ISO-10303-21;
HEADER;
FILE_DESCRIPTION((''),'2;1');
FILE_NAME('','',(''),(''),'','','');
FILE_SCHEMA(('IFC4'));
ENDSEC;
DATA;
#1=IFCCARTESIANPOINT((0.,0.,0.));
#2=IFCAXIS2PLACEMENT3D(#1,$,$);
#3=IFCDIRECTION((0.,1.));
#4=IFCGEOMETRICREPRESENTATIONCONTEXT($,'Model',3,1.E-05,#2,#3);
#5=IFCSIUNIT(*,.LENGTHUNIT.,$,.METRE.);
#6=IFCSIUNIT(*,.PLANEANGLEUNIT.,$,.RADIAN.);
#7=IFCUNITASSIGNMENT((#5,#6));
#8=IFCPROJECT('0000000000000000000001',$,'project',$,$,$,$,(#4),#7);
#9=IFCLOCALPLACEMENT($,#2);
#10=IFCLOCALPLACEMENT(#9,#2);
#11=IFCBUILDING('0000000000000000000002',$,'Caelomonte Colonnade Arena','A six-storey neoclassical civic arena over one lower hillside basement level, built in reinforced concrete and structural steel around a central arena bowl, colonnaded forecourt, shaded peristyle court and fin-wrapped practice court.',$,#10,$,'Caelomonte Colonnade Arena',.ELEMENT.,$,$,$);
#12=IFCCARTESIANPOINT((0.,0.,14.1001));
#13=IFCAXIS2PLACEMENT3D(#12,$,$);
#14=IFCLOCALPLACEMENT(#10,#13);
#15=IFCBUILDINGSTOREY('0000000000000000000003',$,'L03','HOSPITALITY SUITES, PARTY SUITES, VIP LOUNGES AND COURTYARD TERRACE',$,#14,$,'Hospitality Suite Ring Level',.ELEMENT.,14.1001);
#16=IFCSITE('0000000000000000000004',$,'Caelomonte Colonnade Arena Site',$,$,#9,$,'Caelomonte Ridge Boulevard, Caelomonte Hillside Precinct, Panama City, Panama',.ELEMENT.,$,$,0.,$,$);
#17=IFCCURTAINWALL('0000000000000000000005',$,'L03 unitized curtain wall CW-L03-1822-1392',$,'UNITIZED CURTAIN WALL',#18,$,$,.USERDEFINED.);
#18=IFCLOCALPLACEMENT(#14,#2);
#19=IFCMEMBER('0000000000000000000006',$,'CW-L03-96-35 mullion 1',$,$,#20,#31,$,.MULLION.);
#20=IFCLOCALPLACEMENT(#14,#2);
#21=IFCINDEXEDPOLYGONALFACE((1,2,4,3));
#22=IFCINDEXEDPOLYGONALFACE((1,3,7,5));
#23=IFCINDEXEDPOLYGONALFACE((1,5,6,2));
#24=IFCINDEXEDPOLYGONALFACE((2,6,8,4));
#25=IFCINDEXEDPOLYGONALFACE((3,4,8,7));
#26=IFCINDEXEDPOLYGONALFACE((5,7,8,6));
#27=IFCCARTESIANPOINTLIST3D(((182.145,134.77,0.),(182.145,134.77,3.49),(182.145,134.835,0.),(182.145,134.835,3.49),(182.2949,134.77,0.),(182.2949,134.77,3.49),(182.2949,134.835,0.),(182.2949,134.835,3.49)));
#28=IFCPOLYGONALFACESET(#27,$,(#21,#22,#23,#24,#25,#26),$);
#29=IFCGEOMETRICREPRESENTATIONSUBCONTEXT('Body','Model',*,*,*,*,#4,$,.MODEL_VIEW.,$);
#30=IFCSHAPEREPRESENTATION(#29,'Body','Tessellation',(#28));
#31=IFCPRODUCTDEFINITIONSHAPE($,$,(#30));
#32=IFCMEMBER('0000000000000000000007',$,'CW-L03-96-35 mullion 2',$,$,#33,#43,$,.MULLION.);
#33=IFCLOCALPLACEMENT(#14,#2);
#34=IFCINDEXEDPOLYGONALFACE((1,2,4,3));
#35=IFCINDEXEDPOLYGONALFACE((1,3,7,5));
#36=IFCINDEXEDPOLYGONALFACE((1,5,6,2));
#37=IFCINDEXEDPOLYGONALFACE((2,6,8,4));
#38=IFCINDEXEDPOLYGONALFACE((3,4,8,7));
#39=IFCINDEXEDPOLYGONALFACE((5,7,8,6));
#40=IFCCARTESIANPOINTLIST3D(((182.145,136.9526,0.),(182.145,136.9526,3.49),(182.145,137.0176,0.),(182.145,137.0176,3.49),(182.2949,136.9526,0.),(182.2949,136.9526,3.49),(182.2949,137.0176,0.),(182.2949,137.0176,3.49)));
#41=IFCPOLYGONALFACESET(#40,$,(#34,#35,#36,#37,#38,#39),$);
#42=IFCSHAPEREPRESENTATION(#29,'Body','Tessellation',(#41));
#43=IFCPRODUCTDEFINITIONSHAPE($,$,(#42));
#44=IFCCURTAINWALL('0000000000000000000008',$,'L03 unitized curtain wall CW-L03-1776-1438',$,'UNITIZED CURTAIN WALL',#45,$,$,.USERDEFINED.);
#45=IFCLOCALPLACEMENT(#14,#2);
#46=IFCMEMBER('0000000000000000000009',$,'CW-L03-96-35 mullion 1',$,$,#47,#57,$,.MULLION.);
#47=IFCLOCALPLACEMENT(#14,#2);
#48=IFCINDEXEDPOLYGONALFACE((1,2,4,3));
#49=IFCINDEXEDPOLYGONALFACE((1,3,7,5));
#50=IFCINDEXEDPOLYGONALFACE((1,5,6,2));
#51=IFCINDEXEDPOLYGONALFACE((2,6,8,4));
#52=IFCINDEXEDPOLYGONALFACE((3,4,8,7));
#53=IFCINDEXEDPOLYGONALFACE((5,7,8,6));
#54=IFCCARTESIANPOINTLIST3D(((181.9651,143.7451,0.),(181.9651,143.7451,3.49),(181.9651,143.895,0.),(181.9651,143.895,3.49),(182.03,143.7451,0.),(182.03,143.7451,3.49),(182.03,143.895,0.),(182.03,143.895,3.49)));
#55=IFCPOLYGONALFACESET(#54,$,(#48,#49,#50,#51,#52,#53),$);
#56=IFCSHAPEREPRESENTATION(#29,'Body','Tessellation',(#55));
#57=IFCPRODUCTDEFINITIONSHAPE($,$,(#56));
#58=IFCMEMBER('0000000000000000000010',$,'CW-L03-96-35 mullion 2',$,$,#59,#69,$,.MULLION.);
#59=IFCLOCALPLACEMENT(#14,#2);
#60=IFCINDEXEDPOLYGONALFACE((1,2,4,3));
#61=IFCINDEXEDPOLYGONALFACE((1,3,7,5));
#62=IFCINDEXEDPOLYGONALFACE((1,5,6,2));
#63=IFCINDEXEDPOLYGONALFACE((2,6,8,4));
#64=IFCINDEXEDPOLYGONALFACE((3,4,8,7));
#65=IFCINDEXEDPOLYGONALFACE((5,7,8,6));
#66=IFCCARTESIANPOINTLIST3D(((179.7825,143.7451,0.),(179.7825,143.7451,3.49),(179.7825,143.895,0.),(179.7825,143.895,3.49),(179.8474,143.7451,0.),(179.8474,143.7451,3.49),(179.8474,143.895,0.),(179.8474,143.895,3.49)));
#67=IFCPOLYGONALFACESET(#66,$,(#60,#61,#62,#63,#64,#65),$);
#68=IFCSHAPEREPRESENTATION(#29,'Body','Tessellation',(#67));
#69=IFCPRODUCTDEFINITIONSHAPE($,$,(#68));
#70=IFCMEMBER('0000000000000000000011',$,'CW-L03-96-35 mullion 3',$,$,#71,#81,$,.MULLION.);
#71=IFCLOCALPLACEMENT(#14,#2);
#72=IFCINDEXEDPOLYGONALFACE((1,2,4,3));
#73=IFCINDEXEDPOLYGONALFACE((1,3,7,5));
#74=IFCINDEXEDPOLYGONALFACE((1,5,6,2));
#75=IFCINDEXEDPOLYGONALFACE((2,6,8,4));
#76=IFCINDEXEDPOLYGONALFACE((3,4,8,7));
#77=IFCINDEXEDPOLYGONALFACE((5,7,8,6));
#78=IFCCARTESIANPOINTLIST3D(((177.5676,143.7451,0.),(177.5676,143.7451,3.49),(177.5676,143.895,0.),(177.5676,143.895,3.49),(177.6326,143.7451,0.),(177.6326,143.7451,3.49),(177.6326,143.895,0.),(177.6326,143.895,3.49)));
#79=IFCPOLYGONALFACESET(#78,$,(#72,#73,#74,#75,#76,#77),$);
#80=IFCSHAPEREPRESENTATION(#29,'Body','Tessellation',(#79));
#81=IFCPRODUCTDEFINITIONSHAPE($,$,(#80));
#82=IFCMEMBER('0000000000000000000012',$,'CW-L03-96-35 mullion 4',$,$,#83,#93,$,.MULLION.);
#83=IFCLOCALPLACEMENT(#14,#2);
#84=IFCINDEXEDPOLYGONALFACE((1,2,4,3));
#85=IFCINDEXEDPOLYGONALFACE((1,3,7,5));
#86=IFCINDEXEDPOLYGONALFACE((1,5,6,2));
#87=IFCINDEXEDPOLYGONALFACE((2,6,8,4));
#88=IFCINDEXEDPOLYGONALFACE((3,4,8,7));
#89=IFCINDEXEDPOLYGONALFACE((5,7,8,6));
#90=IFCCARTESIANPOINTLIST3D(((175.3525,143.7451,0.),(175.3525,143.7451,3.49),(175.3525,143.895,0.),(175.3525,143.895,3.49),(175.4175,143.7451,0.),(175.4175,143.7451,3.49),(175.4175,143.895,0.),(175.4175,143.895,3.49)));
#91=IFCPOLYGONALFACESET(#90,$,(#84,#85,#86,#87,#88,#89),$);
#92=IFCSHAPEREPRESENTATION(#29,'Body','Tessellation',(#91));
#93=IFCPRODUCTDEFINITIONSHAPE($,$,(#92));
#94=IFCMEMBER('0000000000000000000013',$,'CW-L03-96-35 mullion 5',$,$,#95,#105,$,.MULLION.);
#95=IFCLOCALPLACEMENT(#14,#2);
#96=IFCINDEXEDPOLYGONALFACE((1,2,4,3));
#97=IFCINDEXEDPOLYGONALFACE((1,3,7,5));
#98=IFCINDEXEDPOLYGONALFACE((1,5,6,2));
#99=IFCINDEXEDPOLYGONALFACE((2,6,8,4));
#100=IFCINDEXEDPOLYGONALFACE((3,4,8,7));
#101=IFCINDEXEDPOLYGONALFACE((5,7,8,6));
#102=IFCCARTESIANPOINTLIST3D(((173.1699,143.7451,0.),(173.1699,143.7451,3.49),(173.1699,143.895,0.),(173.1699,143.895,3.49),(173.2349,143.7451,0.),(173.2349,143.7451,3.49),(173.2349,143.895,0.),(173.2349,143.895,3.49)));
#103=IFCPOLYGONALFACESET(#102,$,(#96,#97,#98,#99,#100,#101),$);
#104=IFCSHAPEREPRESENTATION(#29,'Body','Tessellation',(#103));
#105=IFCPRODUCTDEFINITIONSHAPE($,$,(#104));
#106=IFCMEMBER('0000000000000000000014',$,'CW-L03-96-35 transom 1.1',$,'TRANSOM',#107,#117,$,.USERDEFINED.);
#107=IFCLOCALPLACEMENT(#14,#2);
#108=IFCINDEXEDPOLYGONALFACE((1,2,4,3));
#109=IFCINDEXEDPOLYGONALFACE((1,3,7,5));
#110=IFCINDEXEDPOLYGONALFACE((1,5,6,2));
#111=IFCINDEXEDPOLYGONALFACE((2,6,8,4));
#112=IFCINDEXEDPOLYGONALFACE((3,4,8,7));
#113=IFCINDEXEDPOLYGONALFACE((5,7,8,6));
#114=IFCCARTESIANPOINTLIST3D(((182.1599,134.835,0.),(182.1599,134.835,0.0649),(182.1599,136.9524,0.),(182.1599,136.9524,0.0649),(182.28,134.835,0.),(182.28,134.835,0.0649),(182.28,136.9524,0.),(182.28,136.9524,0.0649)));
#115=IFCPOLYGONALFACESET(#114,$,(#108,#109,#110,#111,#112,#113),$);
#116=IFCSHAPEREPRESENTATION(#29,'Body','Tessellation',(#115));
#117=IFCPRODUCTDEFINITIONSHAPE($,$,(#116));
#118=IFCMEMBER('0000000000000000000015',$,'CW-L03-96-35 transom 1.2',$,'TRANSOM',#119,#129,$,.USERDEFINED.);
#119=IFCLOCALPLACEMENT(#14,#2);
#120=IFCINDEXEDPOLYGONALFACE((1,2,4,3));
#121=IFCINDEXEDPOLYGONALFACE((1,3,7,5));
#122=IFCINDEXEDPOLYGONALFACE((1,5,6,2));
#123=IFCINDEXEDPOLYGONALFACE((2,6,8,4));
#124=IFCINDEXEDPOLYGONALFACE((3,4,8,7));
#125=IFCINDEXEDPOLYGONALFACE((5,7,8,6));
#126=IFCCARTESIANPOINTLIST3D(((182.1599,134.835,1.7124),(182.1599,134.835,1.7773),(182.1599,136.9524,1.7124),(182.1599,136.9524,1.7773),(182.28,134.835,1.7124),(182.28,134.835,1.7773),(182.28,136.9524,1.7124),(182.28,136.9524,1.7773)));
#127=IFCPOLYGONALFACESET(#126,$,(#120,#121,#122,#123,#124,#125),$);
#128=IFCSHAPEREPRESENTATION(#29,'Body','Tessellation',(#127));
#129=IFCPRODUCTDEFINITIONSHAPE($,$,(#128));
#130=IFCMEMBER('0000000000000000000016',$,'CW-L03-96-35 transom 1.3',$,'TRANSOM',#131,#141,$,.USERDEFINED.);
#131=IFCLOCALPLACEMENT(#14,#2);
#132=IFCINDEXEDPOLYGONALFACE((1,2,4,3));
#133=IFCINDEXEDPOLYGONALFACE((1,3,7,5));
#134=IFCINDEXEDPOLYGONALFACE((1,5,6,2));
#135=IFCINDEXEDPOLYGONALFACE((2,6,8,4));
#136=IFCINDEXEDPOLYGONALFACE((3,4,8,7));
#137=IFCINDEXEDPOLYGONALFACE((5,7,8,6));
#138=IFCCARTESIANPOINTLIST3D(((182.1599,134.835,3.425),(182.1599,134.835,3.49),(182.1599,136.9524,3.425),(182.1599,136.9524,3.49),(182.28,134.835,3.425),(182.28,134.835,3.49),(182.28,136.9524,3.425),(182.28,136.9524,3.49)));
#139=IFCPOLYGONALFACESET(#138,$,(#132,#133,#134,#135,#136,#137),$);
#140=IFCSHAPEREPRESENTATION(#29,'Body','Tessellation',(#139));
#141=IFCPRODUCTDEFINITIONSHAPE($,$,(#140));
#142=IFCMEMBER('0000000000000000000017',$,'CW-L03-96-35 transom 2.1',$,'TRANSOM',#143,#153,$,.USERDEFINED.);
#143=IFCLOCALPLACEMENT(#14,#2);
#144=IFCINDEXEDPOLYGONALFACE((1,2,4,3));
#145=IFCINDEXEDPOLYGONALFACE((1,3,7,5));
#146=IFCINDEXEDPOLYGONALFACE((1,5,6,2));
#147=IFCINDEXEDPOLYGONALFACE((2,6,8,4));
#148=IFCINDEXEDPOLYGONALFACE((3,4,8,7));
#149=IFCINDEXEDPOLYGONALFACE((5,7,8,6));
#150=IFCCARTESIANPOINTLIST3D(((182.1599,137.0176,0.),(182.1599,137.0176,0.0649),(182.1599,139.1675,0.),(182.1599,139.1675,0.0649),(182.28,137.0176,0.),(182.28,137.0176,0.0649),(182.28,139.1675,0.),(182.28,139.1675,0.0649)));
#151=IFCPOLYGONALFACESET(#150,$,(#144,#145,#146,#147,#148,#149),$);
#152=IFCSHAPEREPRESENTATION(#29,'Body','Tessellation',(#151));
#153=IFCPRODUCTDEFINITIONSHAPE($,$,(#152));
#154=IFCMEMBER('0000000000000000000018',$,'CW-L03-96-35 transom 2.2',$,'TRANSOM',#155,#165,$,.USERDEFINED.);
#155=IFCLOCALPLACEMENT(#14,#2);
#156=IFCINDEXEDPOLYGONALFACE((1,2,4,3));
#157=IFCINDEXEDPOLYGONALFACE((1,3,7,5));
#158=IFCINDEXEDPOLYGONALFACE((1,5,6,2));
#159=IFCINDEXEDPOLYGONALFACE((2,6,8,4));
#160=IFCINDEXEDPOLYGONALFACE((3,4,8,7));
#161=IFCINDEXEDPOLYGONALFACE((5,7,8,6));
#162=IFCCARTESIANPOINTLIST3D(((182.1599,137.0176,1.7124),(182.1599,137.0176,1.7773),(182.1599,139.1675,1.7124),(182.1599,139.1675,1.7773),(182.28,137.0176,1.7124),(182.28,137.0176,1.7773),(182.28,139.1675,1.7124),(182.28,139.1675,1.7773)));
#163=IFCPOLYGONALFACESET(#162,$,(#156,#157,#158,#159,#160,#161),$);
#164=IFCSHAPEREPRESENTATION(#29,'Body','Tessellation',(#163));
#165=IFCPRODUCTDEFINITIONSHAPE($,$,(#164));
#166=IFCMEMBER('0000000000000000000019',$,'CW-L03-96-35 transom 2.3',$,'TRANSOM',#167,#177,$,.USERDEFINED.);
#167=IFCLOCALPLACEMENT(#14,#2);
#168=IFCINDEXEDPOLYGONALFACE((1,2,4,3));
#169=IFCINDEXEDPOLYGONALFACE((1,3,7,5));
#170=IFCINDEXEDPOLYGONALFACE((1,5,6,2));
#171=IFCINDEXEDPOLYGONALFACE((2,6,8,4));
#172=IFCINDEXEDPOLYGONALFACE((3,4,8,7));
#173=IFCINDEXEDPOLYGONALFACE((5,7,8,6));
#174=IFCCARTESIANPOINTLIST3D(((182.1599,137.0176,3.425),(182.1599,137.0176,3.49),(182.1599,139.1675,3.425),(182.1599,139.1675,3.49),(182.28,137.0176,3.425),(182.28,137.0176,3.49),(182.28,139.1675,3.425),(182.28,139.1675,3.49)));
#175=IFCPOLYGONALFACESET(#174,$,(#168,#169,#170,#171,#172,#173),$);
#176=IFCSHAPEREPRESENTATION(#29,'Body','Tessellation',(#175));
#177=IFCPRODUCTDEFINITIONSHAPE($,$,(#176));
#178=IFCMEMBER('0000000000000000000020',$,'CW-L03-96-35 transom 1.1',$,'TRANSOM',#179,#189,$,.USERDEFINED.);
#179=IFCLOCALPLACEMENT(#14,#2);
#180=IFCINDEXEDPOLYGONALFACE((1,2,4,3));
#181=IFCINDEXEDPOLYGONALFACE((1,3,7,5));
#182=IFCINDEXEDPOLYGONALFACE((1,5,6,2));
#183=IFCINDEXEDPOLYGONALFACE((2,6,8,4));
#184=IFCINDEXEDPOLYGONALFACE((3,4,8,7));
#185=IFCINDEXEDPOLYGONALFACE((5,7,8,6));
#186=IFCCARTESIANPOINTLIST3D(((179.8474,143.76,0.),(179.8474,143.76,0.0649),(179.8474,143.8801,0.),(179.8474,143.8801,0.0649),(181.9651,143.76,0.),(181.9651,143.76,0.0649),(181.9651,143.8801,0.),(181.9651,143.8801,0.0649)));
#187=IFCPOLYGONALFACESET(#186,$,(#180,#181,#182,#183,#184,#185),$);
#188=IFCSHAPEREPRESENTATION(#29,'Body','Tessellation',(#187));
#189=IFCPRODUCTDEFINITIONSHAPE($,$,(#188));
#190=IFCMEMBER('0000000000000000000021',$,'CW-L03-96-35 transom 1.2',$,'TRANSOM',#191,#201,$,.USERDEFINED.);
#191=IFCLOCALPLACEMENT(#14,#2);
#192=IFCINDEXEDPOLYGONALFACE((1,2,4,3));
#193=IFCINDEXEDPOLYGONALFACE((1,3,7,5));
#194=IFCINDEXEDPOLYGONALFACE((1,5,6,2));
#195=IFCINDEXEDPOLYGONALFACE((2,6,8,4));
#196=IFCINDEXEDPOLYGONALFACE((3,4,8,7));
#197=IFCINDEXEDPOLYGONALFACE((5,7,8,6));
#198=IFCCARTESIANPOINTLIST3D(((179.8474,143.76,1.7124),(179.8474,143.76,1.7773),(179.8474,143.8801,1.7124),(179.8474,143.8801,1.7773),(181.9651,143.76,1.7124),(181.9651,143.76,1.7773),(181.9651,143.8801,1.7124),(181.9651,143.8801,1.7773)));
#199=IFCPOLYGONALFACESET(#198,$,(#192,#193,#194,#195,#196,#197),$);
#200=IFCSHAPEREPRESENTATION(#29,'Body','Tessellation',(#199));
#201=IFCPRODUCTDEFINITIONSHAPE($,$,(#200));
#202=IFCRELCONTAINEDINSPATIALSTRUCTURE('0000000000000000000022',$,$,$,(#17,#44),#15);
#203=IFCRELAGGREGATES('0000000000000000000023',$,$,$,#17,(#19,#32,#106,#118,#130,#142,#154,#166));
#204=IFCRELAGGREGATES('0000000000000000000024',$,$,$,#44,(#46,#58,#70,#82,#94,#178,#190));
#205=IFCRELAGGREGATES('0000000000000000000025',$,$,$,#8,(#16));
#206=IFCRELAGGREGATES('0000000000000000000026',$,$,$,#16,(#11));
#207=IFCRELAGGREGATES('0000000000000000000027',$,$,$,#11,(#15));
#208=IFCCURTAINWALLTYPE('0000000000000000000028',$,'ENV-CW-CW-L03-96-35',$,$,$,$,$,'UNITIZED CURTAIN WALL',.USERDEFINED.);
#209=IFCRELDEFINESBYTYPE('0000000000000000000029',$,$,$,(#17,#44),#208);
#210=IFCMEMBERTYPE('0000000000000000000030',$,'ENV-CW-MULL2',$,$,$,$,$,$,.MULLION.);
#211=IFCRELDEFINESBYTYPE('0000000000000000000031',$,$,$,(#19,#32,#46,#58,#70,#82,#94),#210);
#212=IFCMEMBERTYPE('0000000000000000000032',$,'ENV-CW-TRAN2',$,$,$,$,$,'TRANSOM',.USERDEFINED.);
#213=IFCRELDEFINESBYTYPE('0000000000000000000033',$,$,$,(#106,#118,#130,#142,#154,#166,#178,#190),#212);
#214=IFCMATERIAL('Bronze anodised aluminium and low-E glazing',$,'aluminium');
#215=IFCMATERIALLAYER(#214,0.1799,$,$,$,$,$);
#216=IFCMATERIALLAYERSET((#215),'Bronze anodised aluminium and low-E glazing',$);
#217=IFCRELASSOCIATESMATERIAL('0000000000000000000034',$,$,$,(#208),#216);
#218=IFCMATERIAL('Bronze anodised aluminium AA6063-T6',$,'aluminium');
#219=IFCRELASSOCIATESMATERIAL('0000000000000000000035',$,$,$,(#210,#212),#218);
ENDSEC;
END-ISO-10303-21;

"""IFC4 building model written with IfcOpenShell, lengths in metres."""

from ifc_helpers import new_model, si_unit, direction, frame, origin, origin_2d, place, context, subcontext, project, spatial, rectangle, extrude, material, layer, layer_set, material_profile, profile_set, type_object, element, aggregate, save


model = new_model("IFC4")

# Units and contexts
model_context = context("Model", 3, precision=1e-05, world=origin(), true_north=direction((0.0, 1.0)))
body_context = subcontext(model_context, "Body", "Model", "MODEL_VIEW")
ifc_project = project(units=[si_unit("LENGTHUNIT", "METRE"), si_unit("PLANEANGLEUNIT", "RADIAN")], contexts=[model_context])

# Site, building, storey
site_placement = place(None, origin())
site = spatial("IfcSite", under=ifc_project, at=site_placement, Name="Caelomonte Colonnade Arena Site", LongName="Caelomonte Ridge Boulevard, Caelomonte Hillside Precinct, Panama City, Panama", CompositionType="ELEMENT", RefElevation=0.0)
building_placement = place(site_placement, origin())
building = spatial("IfcBuilding", under=site, at=building_placement, Name="Caelomonte Colonnade Arena", Description="A six-storey neoclassical civic arena over one lower hillside basement level, built in reinforced concrete and structural steel around a central arena bowl, colonnaded forecourt, shaded peristyle court and fin-wrapped practice court.", LongName="Caelomonte Colonnade Arena", CompositionType="ELEMENT")
storey_placement = place(building_placement, frame((0.0, 0.0, 14.1001)))
storey = spatial("IfcBuildingStorey", under=building, at=storey_placement, Name="L03", Description="HOSPITALITY SUITES, PARTY SUITES, VIP LOUNGES AND COURTYARD TERRACE", LongName="Hospitality Suite Ring Level", CompositionType="ELEMENT", Elevation=14.1001)

# Curtain walls, members
ifc_material_1 = material(Name="Bronze anodised aluminium and low-E glazing", Category="aluminium")
ifc_layer_1 = layer(ifc_material_1, 0.1799)
ifc_layer_set_1 = layer_set([ifc_layer_1], Name="Bronze anodised aluminium and low-E glazing")
curtain_wall_type = type_object("IfcCurtainWallType", Name="ENV-CW-CW-L03-96-35", ElementType="UNITIZED CURTAIN WALL", PredefinedType="USERDEFINED", material=ifc_layer_set_1)
curtain_wall_1_placement = place(storey_placement, origin())
curtain_wall_1 = element("IfcCurtainWall", 1, at=curtain_wall_1_placement, inside=storey, type_object=curtain_wall_type, Name="L03 unitized curtain wall CW-L03-1822-1392", ObjectType="UNITIZED CURTAIN WALL", PredefinedType="USERDEFINED")
ifc_material_2 = material(Name="Bronze anodised aluminium AA6063-T6", Category="aluminium")
ifc_material_profile_1 = material_profile(ifc_material_2, rectangle(XDim=0.0649, YDim=0.1499, at=origin_2d()), Name="CWM-65X150")
ifc_profile_set_1 = profile_set([ifc_material_profile_1], Name="Bronze anodised aluminium AA6063-T6")
member_type_1 = type_object("IfcMemberType", Name="ENV-CW-MULL2", PredefinedType="MULLION", material=ifc_profile_set_1)
member_1_placement = place(storey_placement, frame((182.22, 134.8025, 0.0), z_axis=(0.0, 0.0, 1.0), x_axis=(0.0, 1.0, 0.0)))
member_1 = element("IfcMember", 2, at=member_1_placement, type_object=member_type_1, Name="CW-L03-96-35 mullion 1", PredefinedType="MULLION", context=body_context, shape_type="SweptSolid", body=[
    extrude(rectangle(XDim=0.0649, YDim=0.1499, at=origin_2d()), origin(), (0.0, 0.0, 1.0), 3.49),
])
member_2_placement = place(storey_placement, frame((182.22, 136.9851, 0.0), z_axis=(0.0, 0.0, 1.0), x_axis=(0.0, 1.0, 0.0)))
member_2 = element("IfcMember", 3, at=member_2_placement, type_object=member_type_1, Name="CW-L03-96-35 mullion 2", PredefinedType="MULLION", context=body_context, shape_type="SweptSolid", body=[
    extrude(rectangle(XDim=0.0649, YDim=0.1499, at=origin_2d()), origin(), (0.0, 0.0, 1.0), 3.49),
])
curtain_wall_2_placement = place(storey_placement, origin())
curtain_wall_2 = element("IfcCurtainWall", 4, at=curtain_wall_2_placement, inside=storey, type_object=curtain_wall_type, Name="L03 unitized curtain wall CW-L03-1776-1438", ObjectType="UNITIZED CURTAIN WALL", PredefinedType="USERDEFINED")
member_3_placement = place(storey_placement, frame((181.9976, 143.8201, 0.0), z_axis=(0.0, 0.0, 1.0), x_axis=(-1.0, 0.0, 0.0)))
member_3 = element("IfcMember", 5, at=member_3_placement, type_object=member_type_1, Name="CW-L03-96-35 mullion 1", PredefinedType="MULLION", context=body_context, shape_type="SweptSolid", body=[
    extrude(rectangle(XDim=0.0649, YDim=0.1499, at=origin_2d()), origin(), (0.0, 0.0, 1.0), 3.49),
])
member_4_placement = place(storey_placement, frame((179.8149, 143.8201, 0.0), z_axis=(0.0, 0.0, 1.0), x_axis=(-1.0, 0.0, 0.0)))
member_4 = element("IfcMember", 6, at=member_4_placement, type_object=member_type_1, Name="CW-L03-96-35 mullion 2", PredefinedType="MULLION", context=body_context, shape_type="SweptSolid", body=[
    extrude(rectangle(XDim=0.0649, YDim=0.1499, at=origin_2d()), origin(), (0.0, 0.0, 1.0), 3.49),
])
member_5_placement = place(storey_placement, frame((177.6001, 143.8201, 0.0), z_axis=(0.0, 0.0, 1.0), x_axis=(-1.0, 0.0, 0.0)))
member_5 = element("IfcMember", 7, at=member_5_placement, type_object=member_type_1, Name="CW-L03-96-35 mullion 3", PredefinedType="MULLION", context=body_context, shape_type="SweptSolid", body=[
    extrude(rectangle(XDim=0.0649, YDim=0.1499, at=origin_2d()), origin(), (0.0, 0.0, 1.0), 3.49),
])
member_6_placement = place(storey_placement, frame((175.385, 143.8201, 0.0), z_axis=(0.0, 0.0, 1.0), x_axis=(-1.0, 0.0, 0.0)))
member_6 = element("IfcMember", 8, at=member_6_placement, type_object=member_type_1, Name="CW-L03-96-35 mullion 4", PredefinedType="MULLION", context=body_context, shape_type="SweptSolid", body=[
    extrude(rectangle(XDim=0.0649, YDim=0.1499, at=origin_2d()), origin(), (0.0, 0.0, 1.0), 3.49),
])
member_7_placement = place(storey_placement, frame((173.2024, 143.8201, 0.0), z_axis=(0.0, 0.0, 1.0), x_axis=(-1.0, 0.0, 0.0)))
member_7 = element("IfcMember", 9, at=member_7_placement, type_object=member_type_1, Name="CW-L03-96-35 mullion 5", PredefinedType="MULLION", context=body_context, shape_type="SweptSolid", body=[
    extrude(rectangle(XDim=0.0649, YDim=0.1499, at=origin_2d()), origin(), (0.0, 0.0, 1.0), 3.49),
])

# Members
ifc_material_profile_2 = material_profile(ifc_material_2, rectangle(XDim=0.0649, YDim=0.1201, at=origin_2d()), Name="CWT-65X120")
ifc_profile_set_2 = profile_set([ifc_material_profile_2], Name="Bronze anodised aluminium AA6063-T6")
member_type_2 = type_object("IfcMemberType", Name="ENV-CW-TRAN2", ElementType="TRANSOM", PredefinedType="USERDEFINED", material=ifc_profile_set_2)
member_8_placement = place(storey_placement, frame((182.22, 134.835, 0.0325), z_axis=(0.0, 1.0, 0.0), x_axis=(0.0, 0.0, 1.0)))
member_8 = element("IfcMember", 10, at=member_8_placement, type_object=member_type_2, Name="CW-L03-96-35 transom 1.1", ObjectType="TRANSOM", PredefinedType="USERDEFINED", context=body_context, shape_type="SweptSolid", body=[
    extrude(rectangle(XDim=0.0649, YDim=0.1201, at=origin_2d()), origin(), (0.0, 0.0, 1.0), 2.1174),
])
member_9_placement = place(storey_placement, frame((182.22, 134.835, 1.7449), z_axis=(0.0, 1.0, 0.0), x_axis=(0.0, 0.0, 1.0)))
member_9 = element("IfcMember", 11, at=member_9_placement, type_object=member_type_2, Name="CW-L03-96-35 transom 1.2", ObjectType="TRANSOM", PredefinedType="USERDEFINED", context=body_context, shape_type="SweptSolid", body=[
    extrude(rectangle(XDim=0.0649, YDim=0.1201, at=origin_2d()), origin(), (0.0, 0.0, 1.0), 2.1174),
])
member_10_placement = place(storey_placement, frame((182.22, 134.835, 3.4575), z_axis=(0.0, 1.0, 0.0), x_axis=(0.0, 0.0, 1.0)))
member_10 = element("IfcMember", 12, at=member_10_placement, type_object=member_type_2, Name="CW-L03-96-35 transom 1.3", ObjectType="TRANSOM", PredefinedType="USERDEFINED", context=body_context, shape_type="SweptSolid", body=[
    extrude(rectangle(XDim=0.0649, YDim=0.1201, at=origin_2d()), origin(), (0.0, 0.0, 1.0), 2.1174),
])
member_11_placement = place(storey_placement, frame((182.22, 137.0176, 0.0325), z_axis=(0.0, 1.0, 0.0), x_axis=(0.0, 0.0, 1.0)))
member_11 = element("IfcMember", 13, at=member_11_placement, type_object=member_type_2, Name="CW-L03-96-35 transom 2.1", ObjectType="TRANSOM", PredefinedType="USERDEFINED", context=body_context, shape_type="SweptSolid", body=[
    extrude(rectangle(XDim=0.0649, YDim=0.1201, at=origin_2d()), origin(), (0.0, 0.0, 1.0), 2.1499),
])
member_12_placement = place(storey_placement, frame((182.22, 137.0176, 1.7449), z_axis=(0.0, 1.0, 0.0), x_axis=(0.0, 0.0, 1.0)))
member_12 = element("IfcMember", 14, at=member_12_placement, type_object=member_type_2, Name="CW-L03-96-35 transom 2.2", ObjectType="TRANSOM", PredefinedType="USERDEFINED", context=body_context, shape_type="SweptSolid", body=[
    extrude(rectangle(XDim=0.0649, YDim=0.1201, at=origin_2d()), origin(), (0.0, 0.0, 1.0), 2.1499),
])
member_13_placement = place(storey_placement, frame((182.22, 137.0176, 3.4575), z_axis=(0.0, 1.0, 0.0), x_axis=(0.0, 0.0, 1.0)))
member_13 = element("IfcMember", 15, at=member_13_placement, type_object=member_type_2, Name="CW-L03-96-35 transom 2.3", ObjectType="TRANSOM", PredefinedType="USERDEFINED", context=body_context, shape_type="SweptSolid", body=[
    extrude(rectangle(XDim=0.0649, YDim=0.1201, at=origin_2d()), origin(), (0.0, 0.0, 1.0), 2.1499),
])
member_14_placement = place(storey_placement, frame((181.9651, 143.8201, 0.0325), z_axis=(-1.0, 0.0, 0.0), x_axis=(0.0, 0.0, 1.0)))
member_14 = element("IfcMember", 16, at=member_14_placement, type_object=member_type_2, Name="CW-L03-96-35 transom 1.1", ObjectType="TRANSOM", PredefinedType="USERDEFINED", context=body_context, shape_type="SweptSolid", body=[
    extrude(rectangle(XDim=0.0649, YDim=0.1201, at=origin_2d()), origin(), (0.0, 0.0, 1.0), 2.1177),
])
member_15_placement = place(storey_placement, frame((181.9651, 143.8201, 1.7449), z_axis=(-1.0, 0.0, 0.0), x_axis=(0.0, 0.0, 1.0)))
member_15 = element("IfcMember", 17, at=member_15_placement, type_object=member_type_2, Name="CW-L03-96-35 transom 1.2", ObjectType="TRANSOM", PredefinedType="USERDEFINED", context=body_context, shape_type="SweptSolid", body=[
    extrude(rectangle(XDim=0.0649, YDim=0.1201, at=origin_2d()), origin(), (0.0, 0.0, 1.0), 2.1177),
])

aggregate(curtain_wall_1, [member_1, member_2, member_8, member_9, member_10, member_11, member_12, member_13])
aggregate(curtain_wall_2, [member_3, member_4, member_5, member_6, member_7, member_14, member_15])

save(model, "model.ifc")
